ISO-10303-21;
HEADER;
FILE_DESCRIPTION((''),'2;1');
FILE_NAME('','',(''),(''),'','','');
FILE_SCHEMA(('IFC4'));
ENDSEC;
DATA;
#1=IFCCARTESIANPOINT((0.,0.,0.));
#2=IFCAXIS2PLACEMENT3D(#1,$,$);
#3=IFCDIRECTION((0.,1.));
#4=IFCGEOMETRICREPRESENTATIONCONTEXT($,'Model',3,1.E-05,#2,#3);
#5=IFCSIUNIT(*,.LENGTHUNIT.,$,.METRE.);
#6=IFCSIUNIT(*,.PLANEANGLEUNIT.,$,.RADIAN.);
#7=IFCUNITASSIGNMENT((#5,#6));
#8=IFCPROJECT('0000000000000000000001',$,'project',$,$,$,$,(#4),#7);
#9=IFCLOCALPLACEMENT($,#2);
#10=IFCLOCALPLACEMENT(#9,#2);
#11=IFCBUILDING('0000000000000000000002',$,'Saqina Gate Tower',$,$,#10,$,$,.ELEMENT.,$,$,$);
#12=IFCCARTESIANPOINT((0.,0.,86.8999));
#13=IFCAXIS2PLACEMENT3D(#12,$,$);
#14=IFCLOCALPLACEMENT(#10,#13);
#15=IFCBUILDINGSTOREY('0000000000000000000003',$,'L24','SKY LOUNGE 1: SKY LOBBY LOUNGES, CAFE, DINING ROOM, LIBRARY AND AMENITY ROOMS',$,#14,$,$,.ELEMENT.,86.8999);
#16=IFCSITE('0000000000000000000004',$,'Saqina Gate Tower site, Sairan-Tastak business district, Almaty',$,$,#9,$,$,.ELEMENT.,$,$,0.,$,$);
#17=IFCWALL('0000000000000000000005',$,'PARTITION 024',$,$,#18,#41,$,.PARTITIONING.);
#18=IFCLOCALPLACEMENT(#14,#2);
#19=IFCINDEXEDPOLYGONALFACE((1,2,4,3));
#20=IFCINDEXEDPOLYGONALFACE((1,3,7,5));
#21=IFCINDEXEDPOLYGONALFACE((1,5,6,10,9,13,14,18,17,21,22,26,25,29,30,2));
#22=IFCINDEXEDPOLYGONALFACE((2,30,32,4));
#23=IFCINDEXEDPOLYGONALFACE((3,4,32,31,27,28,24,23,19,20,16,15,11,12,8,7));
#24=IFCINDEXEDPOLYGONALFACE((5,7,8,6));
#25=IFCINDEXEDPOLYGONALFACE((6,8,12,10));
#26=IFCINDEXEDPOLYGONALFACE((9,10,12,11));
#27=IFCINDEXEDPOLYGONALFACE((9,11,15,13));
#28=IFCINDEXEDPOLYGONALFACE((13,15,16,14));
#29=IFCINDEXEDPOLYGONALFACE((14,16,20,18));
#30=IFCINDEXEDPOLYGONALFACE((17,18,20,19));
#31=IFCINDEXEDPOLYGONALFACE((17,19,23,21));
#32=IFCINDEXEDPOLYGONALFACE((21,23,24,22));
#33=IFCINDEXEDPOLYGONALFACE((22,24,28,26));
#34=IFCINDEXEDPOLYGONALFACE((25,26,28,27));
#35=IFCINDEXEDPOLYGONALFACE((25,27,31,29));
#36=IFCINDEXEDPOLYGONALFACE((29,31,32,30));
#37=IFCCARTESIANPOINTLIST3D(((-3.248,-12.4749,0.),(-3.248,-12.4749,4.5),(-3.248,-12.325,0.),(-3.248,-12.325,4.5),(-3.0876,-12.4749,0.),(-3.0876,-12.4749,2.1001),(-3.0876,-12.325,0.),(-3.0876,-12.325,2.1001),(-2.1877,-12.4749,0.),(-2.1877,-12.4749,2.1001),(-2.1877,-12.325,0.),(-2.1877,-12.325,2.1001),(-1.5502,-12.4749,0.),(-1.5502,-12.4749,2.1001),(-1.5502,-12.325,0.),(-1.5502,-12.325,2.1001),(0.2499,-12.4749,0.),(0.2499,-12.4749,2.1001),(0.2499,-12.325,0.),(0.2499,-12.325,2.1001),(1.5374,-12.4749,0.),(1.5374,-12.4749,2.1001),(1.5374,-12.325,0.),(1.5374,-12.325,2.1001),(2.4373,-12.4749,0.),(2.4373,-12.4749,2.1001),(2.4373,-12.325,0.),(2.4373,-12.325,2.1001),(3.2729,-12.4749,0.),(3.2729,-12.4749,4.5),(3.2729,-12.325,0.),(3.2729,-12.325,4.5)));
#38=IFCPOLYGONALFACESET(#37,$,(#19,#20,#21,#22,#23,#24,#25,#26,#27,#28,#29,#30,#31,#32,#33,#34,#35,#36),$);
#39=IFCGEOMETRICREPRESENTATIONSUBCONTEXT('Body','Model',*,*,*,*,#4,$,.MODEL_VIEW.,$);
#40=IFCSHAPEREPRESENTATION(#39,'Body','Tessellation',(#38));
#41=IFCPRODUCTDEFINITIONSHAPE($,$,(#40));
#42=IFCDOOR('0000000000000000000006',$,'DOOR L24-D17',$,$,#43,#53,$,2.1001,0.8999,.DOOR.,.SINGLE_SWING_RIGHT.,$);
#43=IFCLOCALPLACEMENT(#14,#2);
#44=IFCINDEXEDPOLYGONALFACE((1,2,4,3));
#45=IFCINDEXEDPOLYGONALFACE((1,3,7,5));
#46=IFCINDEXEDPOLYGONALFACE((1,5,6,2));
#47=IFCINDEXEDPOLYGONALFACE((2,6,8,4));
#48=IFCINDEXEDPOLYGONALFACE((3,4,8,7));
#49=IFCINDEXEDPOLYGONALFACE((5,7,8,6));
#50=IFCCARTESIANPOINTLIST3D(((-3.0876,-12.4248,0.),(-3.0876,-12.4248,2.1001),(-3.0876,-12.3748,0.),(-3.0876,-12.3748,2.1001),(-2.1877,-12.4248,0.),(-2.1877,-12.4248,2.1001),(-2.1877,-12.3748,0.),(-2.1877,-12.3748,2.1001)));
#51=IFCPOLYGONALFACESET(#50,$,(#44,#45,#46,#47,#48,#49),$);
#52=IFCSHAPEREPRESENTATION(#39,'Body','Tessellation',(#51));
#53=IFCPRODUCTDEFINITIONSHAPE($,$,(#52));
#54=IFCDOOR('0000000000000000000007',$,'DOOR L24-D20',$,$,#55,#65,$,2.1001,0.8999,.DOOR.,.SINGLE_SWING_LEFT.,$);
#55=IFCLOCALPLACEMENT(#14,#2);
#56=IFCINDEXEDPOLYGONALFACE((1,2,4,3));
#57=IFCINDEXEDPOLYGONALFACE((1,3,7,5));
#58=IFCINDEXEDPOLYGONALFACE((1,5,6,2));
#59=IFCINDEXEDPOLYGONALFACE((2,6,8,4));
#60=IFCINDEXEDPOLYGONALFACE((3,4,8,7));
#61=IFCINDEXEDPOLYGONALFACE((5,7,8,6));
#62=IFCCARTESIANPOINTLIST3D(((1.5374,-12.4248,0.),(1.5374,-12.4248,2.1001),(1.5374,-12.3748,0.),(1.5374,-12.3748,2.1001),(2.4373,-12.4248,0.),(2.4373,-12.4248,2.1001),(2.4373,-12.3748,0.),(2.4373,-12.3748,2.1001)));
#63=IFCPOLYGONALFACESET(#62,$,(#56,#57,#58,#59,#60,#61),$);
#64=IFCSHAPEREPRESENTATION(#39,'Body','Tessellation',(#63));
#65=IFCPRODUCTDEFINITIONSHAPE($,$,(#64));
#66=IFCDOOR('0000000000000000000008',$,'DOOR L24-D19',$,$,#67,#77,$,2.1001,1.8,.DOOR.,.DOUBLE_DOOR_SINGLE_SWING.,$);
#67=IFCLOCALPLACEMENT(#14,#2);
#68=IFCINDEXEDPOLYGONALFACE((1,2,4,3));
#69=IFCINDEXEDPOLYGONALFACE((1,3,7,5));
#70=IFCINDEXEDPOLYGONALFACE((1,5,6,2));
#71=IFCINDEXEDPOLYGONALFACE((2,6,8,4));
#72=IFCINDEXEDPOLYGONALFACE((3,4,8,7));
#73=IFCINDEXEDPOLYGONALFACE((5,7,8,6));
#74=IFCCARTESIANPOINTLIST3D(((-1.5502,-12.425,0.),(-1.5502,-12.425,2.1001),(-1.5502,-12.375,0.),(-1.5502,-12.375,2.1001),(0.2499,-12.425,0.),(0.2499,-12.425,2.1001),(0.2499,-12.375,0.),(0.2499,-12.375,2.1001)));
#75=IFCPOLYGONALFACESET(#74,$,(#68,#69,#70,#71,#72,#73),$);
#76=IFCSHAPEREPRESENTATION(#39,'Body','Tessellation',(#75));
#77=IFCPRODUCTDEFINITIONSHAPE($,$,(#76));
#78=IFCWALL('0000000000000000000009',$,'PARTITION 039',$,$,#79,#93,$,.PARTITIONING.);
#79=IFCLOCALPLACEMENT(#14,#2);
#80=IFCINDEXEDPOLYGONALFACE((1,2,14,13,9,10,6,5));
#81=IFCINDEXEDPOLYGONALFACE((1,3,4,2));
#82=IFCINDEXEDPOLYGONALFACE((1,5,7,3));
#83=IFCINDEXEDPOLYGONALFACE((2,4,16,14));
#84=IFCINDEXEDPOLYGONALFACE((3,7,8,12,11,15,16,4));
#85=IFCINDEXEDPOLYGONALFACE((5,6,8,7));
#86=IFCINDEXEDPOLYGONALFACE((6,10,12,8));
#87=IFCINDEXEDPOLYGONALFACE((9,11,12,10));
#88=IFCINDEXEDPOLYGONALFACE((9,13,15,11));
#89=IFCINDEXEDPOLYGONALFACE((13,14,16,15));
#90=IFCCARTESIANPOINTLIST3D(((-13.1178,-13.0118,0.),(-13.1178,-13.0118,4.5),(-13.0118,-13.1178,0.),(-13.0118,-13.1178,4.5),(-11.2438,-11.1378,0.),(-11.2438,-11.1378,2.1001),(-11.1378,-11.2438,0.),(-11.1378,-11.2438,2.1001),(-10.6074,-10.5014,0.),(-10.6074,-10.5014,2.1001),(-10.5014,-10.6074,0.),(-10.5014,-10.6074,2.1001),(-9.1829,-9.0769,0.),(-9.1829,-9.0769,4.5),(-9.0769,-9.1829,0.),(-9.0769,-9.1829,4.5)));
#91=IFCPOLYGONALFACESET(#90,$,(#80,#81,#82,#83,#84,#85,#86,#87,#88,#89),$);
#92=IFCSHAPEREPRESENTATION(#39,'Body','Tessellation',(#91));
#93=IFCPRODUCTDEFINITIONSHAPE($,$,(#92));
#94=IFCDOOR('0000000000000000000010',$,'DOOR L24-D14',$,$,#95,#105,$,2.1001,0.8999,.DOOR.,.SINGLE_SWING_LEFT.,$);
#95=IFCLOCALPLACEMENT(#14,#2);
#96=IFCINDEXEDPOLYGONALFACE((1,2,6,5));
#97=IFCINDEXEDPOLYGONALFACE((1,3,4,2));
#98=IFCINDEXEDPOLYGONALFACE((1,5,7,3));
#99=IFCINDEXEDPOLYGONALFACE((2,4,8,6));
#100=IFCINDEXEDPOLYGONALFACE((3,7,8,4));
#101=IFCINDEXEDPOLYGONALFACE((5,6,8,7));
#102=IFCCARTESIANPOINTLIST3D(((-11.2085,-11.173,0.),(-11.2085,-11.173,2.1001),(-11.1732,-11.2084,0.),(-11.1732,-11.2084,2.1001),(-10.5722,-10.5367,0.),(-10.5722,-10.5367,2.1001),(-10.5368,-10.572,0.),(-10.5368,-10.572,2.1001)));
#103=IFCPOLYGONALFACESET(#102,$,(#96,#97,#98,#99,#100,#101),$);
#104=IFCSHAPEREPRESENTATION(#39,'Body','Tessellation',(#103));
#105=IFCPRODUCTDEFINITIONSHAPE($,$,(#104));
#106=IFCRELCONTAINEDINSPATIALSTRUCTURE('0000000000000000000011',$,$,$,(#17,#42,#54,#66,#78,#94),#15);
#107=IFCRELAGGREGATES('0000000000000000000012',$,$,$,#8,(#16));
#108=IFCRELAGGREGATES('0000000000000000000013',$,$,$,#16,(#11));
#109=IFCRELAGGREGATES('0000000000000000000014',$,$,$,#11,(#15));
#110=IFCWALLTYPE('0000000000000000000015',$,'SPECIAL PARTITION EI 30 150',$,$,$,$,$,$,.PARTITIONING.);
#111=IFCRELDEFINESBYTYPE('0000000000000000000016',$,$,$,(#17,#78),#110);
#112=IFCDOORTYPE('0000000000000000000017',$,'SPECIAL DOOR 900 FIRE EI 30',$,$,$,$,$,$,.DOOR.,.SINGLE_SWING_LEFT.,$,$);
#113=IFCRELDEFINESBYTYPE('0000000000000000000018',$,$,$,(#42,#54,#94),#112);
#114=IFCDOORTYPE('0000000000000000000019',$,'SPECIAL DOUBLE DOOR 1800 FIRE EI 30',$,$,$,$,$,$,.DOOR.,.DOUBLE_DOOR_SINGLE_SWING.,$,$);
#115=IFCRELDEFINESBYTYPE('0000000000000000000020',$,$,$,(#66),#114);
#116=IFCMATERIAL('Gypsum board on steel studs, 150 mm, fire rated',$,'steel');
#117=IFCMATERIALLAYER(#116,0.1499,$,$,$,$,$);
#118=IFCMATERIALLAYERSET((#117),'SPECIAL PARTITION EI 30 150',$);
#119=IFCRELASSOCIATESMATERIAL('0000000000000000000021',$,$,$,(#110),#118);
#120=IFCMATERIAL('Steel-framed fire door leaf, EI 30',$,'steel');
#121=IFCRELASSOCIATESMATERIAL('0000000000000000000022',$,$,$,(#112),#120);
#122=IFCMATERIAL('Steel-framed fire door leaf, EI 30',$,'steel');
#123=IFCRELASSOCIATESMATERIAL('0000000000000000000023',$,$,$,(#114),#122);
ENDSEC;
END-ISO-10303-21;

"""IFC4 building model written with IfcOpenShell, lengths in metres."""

from ifc_helpers import new_model, si_unit, direction, frame, frame_2d, origin, place, context, subcontext, project, spatial, rectangle, extrude, material, layer, layer_set, type_object, element, fill, save


model = new_model("IFC4")

# Units and contexts
model_context = context("Model", 3, precision=1e-05, world=origin(), true_north=direction((0.0, 1.0)))
body_context = subcontext(model_context, "Body", "Model", "MODEL_VIEW")
ifc_project = project(units=[si_unit("LENGTHUNIT", "METRE"), si_unit("PLANEANGLEUNIT", "RADIAN")], contexts=[model_context])

# Site, building, storey
site_placement = place(None, origin())
site = spatial("IfcSite", under=ifc_project, at=site_placement, Name="Saqina Gate Tower site, Sairan-Tastak business district, Almaty", CompositionType="ELEMENT", RefElevation=0.0)
building_placement = place(site_placement, origin())
building = spatial("IfcBuilding", under=site, at=building_placement, Name="Saqina Gate Tower", CompositionType="ELEMENT")
storey_placement = place(building_placement, frame((0.0, 0.0, 86.8999)))
storey = spatial("IfcBuildingStorey", under=building, at=storey_placement, Name="L24", Description="SKY LOUNGE 1: SKY LOBBY LOUNGES, CAFE, DINING ROOM, LIBRARY AND AMENITY ROOMS", CompositionType="ELEMENT", Elevation=86.8999)

# Wall, openings, doors
ifc_material_1 = material(Name="Gypsum board on steel studs, 150 mm, fire rated", Category="steel")
ifc_layer_1 = layer(ifc_material_1, 0.1499)
ifc_layer_set_1 = layer_set([ifc_layer_1], Name="SPECIAL PARTITION EI 30 150")
wall_type_1 = type_object("IfcWallType", Name="SPECIAL PARTITION EI 30 150", PredefinedType="PARTITIONING", material=ifc_layer_set_1)
ifc_material_2 = material(Name="Steel-framed fire door leaf, EI 30", Category="steel")
door_type_1 = type_object("IfcDoorType", Name="SPECIAL DOOR 900 FIRE EI 30", OperationType="SINGLE_SWING_LEFT", PredefinedType="DOOR", material=ifc_material_2)
ifc_material_3 = material(Name="Steel-framed fire door leaf, EI 30", Category="steel")
door_type_2 = type_object("IfcDoorType", Name="SPECIAL DOUBLE DOOR 1800 FIRE EI 30", OperationType="DOUBLE_DOOR_SINGLE_SWING", PredefinedType="DOOR", material=ifc_material_3)
wall_1_placement = place(storey_placement, frame((-3.248, -12.3999, 0.0), z_axis=(0.0, 0.0, 1.0), x_axis=(1.0, 0.0, 0.0)))
wall_1 = element("IfcWall", 1, at=wall_1_placement, inside=storey, type_object=wall_type_1, Name="PARTITION 024", PredefinedType="PARTITIONING", context=body_context, shape_type="SweptSolid", body=[
    extrude(rectangle(XDim=6.521, YDim=0.1499, at=frame_2d((3.2605, 0.0))), origin(), (0.0, 0.0, 1.0), 4.5),
])
opening_1_placement = place(wall_1_placement, frame((0.1604, 0.0, 0.0)))
opening_1 = element("IfcOpeningElement", 2, at=opening_1_placement, cuts=wall_1, PredefinedType="OPENING", context=body_context, shape_type="SweptSolid", body=[
    extrude(rectangle(XDim=0.8999, YDim=2.1001, at=frame_2d((0.45, 1.05))), frame((0.0, 0.0869, 0.0), z_axis=(0.0, -1.0, 0.0), x_axis=(1.0, 0.0, 0.0)), (0.0, 0.0, 1.0), 0.1738),
])
opening_2_placement = place(wall_1_placement, frame((1.698, 0.0, 0.0)))
opening_2 = element("IfcOpeningElement", 3, at=opening_2_placement, cuts=wall_1, PredefinedType="OPENING", context=body_context, shape_type="SweptSolid", body=[
    extrude(rectangle(XDim=1.8, YDim=2.1001, at=frame_2d((0.8999, 1.05))), frame((0.0, 0.0869, 0.0), z_axis=(0.0, -1.0, 0.0), x_axis=(1.0, 0.0, 0.0)), (0.0, 0.0, 1.0), 0.1738),
])
opening_3_placement = place(wall_1_placement, frame((4.7854, 0.0, 0.0)))
opening_3 = element("IfcOpeningElement", 4, at=opening_3_placement, cuts=wall_1, PredefinedType="OPENING", context=body_context, shape_type="SweptSolid", body=[
    extrude(rectangle(XDim=0.8999, YDim=2.1001, at=frame_2d((0.45, 1.05))), frame((0.0, 0.0869, 0.0), z_axis=(0.0, -1.0, 0.0), x_axis=(1.0, 0.0, 0.0)), (0.0, 0.0, 1.0), 0.1738),
])
door_1_placement = place(opening_1_placement, frame((0.8999, 0.0, 0.0), z_axis=(0.0, 0.0, 1.0), x_axis=(-1.0, 0.0, 0.0)))
door_1 = element("IfcDoor", 5, at=door_1_placement, inside=storey, type_object=door_type_1, Name="DOOR L24-D17", OperationType="SINGLE_SWING_RIGHT", OverallHeight=2.1001, OverallWidth=0.8999, PredefinedType="DOOR", context=body_context, shape_type="SweptSolid", body=[
    extrude(rectangle(XDim=0.8999, YDim=2.1001, at=frame_2d((0.45, 1.05))), frame((0.0, 0.0249, 0.0), z_axis=(0.0, -1.0, 0.0), x_axis=(1.0, 0.0, 0.0)), (0.0, 0.0, 1.0), 0.05),
])
fill(opening_1, door_1)
door_2_placement = place(opening_3_placement, frame((0.8999, 0.0, 0.0), z_axis=(0.0, 0.0, 1.0), x_axis=(-1.0, 0.0, 0.0)))
door_2 = element("IfcDoor", 6, at=door_2_placement, inside=storey, type_object=door_type_1, Name="DOOR L24-D20", OperationType="SINGLE_SWING_LEFT", OverallHeight=2.1001, OverallWidth=0.8999, PredefinedType="DOOR", context=body_context, shape_type="SweptSolid", body=[
    extrude(rectangle(XDim=0.8999, YDim=2.1001, at=frame_2d((0.45, 1.05))), frame((0.0, 0.0249, 0.0), z_axis=(0.0, -1.0, 0.0), x_axis=(1.0, 0.0, 0.0)), (0.0, 0.0, 1.0), 0.05),
])
fill(opening_3, door_2)
door_3_placement = place(opening_2_placement, origin())
door_3 = element("IfcDoor", 7, at=door_3_placement, inside=storey, type_object=door_type_2, Name="DOOR L24-D19", OperationType="DOUBLE_DOOR_SINGLE_SWING", OverallHeight=2.1001, OverallWidth=1.8, PredefinedType="DOOR", context=body_context, shape_type="SweptSolid", body=[
    extrude(rectangle(XDim=1.8, YDim=2.1001, at=frame_2d((0.8999, 1.05))), frame((0.0, 0.0249, 0.0), z_axis=(0.0, -1.0, 0.0), x_axis=(1.0, 0.0, 0.0)), (0.0, 0.0, 1.0), 0.05),
])
fill(opening_2, door_3)

# Wall, opening, door
wall_2_placement = place(storey_placement, frame((-13.0647, -13.0647, 0.0), z_axis=(0.0, 0.0, 1.0), x_axis=(0.707107, 0.707107, 0.0)))
wall_2 = element("IfcWall", 8, at=wall_2_placement, inside=storey, type_object=wall_type_1, Name="PARTITION 039", PredefinedType="PARTITIONING", context=body_context, shape_type="SweptSolid", body=[
    extrude(rectangle(XDim=5.5647, YDim=0.1499, at=frame_2d((2.7822, 0.0))), origin(), (0.0, 0.0, 1.0), 4.5),
])
opening_4_placement = place(wall_2_placement, frame((2.6501, 0.0, 0.0)))
opening_4 = element("IfcOpeningElement", 9, at=opening_4_placement, cuts=wall_2, PredefinedType="OPENING", context=body_context, shape_type="SweptSolid", body=[
    extrude(rectangle(XDim=0.8999, YDim=2.1001, at=frame_2d((0.45, 1.05))), frame((0.0, 0.0869, 0.0), z_axis=(0.0, -1.0, 0.0), x_axis=(1.0, 0.0, 0.0)), (0.0, 0.0, 1.0), 0.1738),
])
door_4_placement = place(opening_4_placement, frame((0.8999, 0.0, 0.0), z_axis=(0.0, 0.0, 1.0), x_axis=(-1.0, 0.0, 0.0)))
door_4 = element("IfcDoor", 10, at=door_4_placement, inside=storey, type_object=door_type_1, Name="DOOR L24-D14", OperationType="SINGLE_SWING_LEFT", OverallHeight=2.1001, OverallWidth=0.8999, PredefinedType="DOOR", context=body_context, shape_type="SweptSolid", body=[
    extrude(rectangle(XDim=0.8999, YDim=2.1001, at=frame_2d((0.45, 1.05))), frame((0.0, 0.0249, 0.0), z_axis=(0.0, -1.0, 0.0), x_axis=(1.0, 0.0, 0.0)), (0.0, 0.0, 1.0), 0.05),
])
fill(opening_4, door_4)

save(model, "model.ifc")
